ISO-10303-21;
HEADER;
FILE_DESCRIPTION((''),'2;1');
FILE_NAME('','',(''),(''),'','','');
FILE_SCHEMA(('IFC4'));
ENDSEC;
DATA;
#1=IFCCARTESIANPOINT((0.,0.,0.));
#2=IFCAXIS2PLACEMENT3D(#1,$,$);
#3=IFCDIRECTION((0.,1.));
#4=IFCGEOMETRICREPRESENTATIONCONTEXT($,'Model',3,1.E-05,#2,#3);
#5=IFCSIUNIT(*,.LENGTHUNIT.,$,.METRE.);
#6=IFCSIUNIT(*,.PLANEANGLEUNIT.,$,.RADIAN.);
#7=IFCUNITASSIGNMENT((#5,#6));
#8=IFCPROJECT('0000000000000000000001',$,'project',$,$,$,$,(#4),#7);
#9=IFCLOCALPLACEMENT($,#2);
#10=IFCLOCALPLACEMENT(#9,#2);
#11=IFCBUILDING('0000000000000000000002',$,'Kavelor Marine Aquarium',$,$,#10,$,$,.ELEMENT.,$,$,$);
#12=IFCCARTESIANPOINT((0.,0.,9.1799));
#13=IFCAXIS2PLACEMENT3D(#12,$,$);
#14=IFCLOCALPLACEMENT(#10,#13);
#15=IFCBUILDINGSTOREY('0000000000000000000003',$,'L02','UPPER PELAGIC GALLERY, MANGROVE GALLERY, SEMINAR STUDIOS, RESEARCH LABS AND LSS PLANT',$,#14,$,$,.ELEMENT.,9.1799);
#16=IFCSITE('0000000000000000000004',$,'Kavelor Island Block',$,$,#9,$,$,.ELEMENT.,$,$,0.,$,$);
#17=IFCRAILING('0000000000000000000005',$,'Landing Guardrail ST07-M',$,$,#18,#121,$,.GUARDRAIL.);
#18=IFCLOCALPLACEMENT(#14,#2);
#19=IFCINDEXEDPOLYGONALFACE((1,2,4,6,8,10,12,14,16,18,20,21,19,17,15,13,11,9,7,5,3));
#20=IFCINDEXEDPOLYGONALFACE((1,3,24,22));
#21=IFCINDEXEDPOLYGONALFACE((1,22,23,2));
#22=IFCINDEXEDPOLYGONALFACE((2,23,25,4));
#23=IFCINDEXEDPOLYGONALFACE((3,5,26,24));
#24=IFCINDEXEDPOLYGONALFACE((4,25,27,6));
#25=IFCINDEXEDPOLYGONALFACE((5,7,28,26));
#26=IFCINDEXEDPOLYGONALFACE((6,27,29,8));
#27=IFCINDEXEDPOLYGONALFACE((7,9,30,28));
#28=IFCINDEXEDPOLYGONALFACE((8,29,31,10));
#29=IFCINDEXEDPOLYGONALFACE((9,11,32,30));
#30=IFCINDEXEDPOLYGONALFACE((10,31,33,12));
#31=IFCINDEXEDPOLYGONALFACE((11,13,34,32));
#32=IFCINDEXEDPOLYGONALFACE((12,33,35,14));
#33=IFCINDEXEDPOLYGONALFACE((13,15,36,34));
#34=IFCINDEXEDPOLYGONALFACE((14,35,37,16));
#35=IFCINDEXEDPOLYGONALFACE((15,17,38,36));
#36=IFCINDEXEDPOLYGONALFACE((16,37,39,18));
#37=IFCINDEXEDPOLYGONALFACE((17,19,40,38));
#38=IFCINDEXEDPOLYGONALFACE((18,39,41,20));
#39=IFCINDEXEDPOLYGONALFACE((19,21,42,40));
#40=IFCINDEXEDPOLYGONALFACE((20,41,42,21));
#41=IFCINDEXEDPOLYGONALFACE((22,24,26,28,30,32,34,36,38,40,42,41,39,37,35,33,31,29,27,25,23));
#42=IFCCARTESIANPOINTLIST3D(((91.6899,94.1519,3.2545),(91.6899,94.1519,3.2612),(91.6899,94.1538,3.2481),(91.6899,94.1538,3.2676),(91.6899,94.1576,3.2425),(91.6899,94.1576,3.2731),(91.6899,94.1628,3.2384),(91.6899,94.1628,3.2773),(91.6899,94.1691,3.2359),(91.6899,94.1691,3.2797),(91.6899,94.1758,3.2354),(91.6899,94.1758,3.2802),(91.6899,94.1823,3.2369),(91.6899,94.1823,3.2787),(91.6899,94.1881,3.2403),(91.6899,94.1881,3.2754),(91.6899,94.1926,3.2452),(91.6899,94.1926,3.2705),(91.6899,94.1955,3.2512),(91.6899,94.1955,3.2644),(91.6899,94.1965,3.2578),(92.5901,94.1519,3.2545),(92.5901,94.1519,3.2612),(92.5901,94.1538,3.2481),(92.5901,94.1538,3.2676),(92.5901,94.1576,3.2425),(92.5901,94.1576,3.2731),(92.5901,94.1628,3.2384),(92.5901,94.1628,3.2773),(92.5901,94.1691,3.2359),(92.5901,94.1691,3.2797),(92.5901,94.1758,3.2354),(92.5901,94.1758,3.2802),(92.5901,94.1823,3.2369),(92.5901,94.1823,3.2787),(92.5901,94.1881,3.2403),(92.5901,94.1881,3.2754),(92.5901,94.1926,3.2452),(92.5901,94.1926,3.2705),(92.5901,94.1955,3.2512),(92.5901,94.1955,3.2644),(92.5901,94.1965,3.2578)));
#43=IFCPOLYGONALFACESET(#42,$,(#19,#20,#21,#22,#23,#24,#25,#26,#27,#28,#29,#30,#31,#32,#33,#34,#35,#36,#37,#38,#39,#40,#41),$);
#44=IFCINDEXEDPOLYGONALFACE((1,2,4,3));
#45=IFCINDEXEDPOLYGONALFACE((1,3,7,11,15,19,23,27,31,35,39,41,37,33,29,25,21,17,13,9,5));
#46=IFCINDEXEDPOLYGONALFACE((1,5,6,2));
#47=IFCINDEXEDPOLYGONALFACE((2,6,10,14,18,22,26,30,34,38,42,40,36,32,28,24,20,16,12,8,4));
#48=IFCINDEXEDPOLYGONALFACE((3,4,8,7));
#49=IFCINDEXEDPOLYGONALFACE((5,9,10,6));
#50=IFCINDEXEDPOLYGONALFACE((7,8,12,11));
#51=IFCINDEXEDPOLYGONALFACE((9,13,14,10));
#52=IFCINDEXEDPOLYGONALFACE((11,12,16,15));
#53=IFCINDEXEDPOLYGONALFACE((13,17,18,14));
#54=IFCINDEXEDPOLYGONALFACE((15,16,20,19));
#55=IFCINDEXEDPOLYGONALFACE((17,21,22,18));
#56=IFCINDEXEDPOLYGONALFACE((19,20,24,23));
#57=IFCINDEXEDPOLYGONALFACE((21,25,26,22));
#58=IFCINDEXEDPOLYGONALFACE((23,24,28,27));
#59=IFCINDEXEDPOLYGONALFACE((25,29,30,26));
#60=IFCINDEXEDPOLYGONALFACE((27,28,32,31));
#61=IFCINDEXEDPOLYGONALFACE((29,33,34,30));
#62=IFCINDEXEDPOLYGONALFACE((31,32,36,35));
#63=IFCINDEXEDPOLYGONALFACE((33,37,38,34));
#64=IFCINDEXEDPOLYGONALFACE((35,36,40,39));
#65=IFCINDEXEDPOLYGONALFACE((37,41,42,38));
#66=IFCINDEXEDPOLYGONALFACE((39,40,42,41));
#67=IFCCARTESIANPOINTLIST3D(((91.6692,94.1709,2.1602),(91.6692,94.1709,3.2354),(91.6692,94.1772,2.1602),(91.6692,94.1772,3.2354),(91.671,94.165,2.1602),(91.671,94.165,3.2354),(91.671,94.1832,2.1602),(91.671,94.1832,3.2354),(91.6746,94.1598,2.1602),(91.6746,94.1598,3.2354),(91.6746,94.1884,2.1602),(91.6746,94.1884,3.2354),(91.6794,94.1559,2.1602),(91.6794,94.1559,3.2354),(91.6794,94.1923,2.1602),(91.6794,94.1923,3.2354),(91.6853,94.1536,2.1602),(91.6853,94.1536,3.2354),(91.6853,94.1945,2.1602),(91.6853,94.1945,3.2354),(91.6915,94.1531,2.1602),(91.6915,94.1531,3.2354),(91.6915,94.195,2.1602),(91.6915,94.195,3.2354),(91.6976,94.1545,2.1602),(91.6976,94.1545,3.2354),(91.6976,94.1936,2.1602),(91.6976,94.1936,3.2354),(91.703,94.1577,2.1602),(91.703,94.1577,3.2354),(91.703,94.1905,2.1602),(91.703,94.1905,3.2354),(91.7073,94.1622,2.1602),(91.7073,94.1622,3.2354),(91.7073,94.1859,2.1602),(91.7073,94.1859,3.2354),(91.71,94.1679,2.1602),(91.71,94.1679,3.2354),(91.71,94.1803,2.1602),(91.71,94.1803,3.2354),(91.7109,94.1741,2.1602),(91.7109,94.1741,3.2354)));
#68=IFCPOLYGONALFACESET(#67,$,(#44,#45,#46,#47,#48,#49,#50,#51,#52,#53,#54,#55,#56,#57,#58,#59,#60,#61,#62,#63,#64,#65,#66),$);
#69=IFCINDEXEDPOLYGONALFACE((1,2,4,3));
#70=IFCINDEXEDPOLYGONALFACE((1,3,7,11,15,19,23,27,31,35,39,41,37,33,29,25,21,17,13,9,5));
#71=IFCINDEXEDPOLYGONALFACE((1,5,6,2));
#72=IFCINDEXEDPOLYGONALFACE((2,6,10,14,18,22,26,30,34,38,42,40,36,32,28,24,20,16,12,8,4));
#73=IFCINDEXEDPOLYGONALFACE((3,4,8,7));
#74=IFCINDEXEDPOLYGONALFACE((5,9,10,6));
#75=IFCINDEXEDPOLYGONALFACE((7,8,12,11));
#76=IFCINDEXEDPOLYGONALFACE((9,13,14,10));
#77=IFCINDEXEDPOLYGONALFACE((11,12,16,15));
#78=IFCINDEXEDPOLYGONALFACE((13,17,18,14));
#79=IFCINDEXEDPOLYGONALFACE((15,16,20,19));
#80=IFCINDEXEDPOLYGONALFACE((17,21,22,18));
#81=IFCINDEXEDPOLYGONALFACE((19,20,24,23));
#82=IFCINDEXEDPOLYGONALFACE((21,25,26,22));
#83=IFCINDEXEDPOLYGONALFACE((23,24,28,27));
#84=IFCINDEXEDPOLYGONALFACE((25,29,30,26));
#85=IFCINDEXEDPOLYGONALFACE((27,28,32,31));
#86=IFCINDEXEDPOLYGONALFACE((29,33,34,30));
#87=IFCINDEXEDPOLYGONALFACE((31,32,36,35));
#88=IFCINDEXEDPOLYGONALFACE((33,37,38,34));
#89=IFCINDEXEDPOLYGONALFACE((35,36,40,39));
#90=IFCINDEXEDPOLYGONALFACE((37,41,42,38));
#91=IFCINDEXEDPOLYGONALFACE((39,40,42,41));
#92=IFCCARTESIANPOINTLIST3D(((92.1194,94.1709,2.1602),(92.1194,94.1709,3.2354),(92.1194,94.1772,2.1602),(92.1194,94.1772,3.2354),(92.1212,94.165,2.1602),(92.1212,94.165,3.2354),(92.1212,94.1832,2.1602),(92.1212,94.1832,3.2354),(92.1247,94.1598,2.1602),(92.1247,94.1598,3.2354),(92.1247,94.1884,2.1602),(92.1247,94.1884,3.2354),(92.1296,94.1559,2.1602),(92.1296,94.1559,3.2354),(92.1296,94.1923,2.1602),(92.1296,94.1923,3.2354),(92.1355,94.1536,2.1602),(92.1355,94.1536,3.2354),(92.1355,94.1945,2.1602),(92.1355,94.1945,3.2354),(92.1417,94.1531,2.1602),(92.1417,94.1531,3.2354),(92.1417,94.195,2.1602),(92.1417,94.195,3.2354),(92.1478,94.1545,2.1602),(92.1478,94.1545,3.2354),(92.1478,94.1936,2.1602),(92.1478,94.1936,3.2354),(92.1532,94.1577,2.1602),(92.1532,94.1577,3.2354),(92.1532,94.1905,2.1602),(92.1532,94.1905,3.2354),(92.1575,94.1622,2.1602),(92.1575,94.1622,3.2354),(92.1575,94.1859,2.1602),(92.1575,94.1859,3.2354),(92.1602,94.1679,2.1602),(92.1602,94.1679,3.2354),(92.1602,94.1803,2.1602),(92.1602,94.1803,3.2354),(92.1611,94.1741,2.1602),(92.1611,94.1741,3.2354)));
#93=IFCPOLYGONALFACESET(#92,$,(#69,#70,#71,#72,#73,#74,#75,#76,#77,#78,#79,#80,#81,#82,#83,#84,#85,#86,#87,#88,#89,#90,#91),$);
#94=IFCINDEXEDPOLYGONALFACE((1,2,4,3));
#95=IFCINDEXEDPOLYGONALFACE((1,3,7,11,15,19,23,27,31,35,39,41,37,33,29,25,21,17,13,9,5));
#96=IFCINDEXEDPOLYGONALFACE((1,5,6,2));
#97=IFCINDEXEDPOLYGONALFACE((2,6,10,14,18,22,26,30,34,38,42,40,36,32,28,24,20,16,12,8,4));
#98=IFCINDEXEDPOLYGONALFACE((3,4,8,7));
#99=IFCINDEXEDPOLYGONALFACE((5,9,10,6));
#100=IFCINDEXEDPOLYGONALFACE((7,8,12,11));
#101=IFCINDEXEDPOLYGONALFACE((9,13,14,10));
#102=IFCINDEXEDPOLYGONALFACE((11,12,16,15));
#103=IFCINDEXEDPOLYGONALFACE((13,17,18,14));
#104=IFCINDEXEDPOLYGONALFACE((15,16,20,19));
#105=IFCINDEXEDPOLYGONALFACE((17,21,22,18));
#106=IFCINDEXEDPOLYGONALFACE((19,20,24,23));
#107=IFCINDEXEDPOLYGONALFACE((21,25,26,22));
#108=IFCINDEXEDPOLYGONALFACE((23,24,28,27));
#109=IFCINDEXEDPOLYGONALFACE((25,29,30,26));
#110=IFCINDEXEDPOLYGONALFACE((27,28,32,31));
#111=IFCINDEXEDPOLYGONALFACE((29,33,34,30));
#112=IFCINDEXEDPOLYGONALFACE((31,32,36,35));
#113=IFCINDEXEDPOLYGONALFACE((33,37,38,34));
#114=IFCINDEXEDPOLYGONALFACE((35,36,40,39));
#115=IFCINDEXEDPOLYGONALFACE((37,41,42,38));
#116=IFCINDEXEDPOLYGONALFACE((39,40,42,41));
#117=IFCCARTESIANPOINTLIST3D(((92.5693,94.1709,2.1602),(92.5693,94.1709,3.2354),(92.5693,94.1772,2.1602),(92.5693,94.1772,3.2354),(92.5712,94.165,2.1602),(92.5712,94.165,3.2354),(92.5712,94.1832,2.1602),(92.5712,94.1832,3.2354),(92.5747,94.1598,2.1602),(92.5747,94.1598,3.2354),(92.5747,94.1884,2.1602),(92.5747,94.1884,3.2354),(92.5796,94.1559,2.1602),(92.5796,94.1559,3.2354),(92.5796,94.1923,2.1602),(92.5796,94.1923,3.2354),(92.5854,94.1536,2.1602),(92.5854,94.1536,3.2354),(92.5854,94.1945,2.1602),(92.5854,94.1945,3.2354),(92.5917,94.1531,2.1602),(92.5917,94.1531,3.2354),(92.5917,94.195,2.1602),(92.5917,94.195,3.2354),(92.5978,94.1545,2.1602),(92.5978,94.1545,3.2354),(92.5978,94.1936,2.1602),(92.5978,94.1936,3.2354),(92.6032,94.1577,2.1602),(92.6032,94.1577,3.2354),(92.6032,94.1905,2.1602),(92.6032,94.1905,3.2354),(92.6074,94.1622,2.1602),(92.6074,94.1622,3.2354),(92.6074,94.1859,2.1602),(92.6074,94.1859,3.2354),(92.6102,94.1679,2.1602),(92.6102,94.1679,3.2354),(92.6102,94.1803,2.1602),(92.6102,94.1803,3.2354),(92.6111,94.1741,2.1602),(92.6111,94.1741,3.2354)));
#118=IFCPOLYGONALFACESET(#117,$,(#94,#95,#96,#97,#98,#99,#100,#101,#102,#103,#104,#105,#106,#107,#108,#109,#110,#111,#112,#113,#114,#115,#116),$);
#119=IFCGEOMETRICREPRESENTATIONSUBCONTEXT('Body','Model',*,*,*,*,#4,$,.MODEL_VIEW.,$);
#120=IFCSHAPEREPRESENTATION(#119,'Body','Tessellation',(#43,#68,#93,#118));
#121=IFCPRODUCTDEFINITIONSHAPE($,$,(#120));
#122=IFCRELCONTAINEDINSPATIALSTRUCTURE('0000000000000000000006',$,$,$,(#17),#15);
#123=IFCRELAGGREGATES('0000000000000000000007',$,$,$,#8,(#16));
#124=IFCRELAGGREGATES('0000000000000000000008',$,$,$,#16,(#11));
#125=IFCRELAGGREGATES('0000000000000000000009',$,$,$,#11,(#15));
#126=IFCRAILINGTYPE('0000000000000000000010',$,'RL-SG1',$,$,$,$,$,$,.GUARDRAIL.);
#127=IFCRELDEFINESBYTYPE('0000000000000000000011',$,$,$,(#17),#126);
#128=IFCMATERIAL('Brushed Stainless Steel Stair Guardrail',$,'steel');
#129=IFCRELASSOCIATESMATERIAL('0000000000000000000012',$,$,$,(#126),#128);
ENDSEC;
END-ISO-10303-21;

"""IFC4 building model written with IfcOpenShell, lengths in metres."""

from ifc_helpers import new_model, si_unit, direction, frame, origin, origin_2d, place, context, subcontext, project, spatial, circle, extrude, material, type_object, element, save


model = new_model("IFC4")

# Units and contexts
model_context = context("Model", 3, precision=1e-05, world=origin(), true_north=direction((0.0, 1.0)))
body_context = subcontext(model_context, "Body", "Model", "MODEL_VIEW")
ifc_project = project(units=[si_unit("LENGTHUNIT", "METRE"), si_unit("PLANEANGLEUNIT", "RADIAN")], contexts=[model_context])

# Site, building, storey
site_placement = place(None, origin())
site = spatial("IfcSite", under=ifc_project, at=site_placement, Name="Kavelor Island Block", CompositionType="ELEMENT", RefElevation=0.0)
building_placement = place(site_placement, origin())
building = spatial("IfcBuilding", under=site, at=building_placement, Name="Kavelor Marine Aquarium", CompositionType="ELEMENT")
storey_placement = place(building_placement, frame((0.0, 0.0, 9.1799)))
storey = spatial("IfcBuildingStorey", under=building, at=storey_placement, Name="L02", Description="UPPER PELAGIC GALLERY, MANGROVE GALLERY, SEMINAR STUDIOS, RESEARCH LABS AND LSS PLANT", CompositionType="ELEMENT", Elevation=9.1799)

# Railing
ifc_material_1 = material(Name="Brushed Stainless Steel Stair Guardrail", Category="steel")
railing_type_1 = type_object("IfcRailingType", Name="RL-SG1", PredefinedType="GUARDRAIL", material=ifc_material_1)
railing_1_placement = place(storey_placement, frame((91.6899, 94.1741, 2.1602)))
element("IfcRailing", 1, at=railing_1_placement, inside=storey, type_object=railing_type_1, Name="Landing Guardrail ST07-M", PredefinedType="GUARDRAIL", context=body_context, shape_type="SweptSolid", body=[
    extrude(circle(Radius=0.0225, at=origin_2d()), frame((0.0, 0.0, 1.0977), z_axis=(1.0, 0.0, 0.0), x_axis=(0.0, 1.0, 0.0)), (0.0, 0.0, 1.0), 0.9001),
    extrude(circle(Radius=0.021, at=origin_2d()), origin(), (0.0, 0.0, 1.0), 1.0752),
    extrude(circle(Radius=0.021, at=origin_2d()), frame((0.4502, 0.0, 0.0)), (0.0, 0.0, 1.0), 1.0752),
    extrude(circle(Radius=0.021, at=origin_2d()), frame((0.9001, 0.0, 0.0)), (0.0, 0.0, 1.0), 1.0752),
])

save(model, "model.ifc")
